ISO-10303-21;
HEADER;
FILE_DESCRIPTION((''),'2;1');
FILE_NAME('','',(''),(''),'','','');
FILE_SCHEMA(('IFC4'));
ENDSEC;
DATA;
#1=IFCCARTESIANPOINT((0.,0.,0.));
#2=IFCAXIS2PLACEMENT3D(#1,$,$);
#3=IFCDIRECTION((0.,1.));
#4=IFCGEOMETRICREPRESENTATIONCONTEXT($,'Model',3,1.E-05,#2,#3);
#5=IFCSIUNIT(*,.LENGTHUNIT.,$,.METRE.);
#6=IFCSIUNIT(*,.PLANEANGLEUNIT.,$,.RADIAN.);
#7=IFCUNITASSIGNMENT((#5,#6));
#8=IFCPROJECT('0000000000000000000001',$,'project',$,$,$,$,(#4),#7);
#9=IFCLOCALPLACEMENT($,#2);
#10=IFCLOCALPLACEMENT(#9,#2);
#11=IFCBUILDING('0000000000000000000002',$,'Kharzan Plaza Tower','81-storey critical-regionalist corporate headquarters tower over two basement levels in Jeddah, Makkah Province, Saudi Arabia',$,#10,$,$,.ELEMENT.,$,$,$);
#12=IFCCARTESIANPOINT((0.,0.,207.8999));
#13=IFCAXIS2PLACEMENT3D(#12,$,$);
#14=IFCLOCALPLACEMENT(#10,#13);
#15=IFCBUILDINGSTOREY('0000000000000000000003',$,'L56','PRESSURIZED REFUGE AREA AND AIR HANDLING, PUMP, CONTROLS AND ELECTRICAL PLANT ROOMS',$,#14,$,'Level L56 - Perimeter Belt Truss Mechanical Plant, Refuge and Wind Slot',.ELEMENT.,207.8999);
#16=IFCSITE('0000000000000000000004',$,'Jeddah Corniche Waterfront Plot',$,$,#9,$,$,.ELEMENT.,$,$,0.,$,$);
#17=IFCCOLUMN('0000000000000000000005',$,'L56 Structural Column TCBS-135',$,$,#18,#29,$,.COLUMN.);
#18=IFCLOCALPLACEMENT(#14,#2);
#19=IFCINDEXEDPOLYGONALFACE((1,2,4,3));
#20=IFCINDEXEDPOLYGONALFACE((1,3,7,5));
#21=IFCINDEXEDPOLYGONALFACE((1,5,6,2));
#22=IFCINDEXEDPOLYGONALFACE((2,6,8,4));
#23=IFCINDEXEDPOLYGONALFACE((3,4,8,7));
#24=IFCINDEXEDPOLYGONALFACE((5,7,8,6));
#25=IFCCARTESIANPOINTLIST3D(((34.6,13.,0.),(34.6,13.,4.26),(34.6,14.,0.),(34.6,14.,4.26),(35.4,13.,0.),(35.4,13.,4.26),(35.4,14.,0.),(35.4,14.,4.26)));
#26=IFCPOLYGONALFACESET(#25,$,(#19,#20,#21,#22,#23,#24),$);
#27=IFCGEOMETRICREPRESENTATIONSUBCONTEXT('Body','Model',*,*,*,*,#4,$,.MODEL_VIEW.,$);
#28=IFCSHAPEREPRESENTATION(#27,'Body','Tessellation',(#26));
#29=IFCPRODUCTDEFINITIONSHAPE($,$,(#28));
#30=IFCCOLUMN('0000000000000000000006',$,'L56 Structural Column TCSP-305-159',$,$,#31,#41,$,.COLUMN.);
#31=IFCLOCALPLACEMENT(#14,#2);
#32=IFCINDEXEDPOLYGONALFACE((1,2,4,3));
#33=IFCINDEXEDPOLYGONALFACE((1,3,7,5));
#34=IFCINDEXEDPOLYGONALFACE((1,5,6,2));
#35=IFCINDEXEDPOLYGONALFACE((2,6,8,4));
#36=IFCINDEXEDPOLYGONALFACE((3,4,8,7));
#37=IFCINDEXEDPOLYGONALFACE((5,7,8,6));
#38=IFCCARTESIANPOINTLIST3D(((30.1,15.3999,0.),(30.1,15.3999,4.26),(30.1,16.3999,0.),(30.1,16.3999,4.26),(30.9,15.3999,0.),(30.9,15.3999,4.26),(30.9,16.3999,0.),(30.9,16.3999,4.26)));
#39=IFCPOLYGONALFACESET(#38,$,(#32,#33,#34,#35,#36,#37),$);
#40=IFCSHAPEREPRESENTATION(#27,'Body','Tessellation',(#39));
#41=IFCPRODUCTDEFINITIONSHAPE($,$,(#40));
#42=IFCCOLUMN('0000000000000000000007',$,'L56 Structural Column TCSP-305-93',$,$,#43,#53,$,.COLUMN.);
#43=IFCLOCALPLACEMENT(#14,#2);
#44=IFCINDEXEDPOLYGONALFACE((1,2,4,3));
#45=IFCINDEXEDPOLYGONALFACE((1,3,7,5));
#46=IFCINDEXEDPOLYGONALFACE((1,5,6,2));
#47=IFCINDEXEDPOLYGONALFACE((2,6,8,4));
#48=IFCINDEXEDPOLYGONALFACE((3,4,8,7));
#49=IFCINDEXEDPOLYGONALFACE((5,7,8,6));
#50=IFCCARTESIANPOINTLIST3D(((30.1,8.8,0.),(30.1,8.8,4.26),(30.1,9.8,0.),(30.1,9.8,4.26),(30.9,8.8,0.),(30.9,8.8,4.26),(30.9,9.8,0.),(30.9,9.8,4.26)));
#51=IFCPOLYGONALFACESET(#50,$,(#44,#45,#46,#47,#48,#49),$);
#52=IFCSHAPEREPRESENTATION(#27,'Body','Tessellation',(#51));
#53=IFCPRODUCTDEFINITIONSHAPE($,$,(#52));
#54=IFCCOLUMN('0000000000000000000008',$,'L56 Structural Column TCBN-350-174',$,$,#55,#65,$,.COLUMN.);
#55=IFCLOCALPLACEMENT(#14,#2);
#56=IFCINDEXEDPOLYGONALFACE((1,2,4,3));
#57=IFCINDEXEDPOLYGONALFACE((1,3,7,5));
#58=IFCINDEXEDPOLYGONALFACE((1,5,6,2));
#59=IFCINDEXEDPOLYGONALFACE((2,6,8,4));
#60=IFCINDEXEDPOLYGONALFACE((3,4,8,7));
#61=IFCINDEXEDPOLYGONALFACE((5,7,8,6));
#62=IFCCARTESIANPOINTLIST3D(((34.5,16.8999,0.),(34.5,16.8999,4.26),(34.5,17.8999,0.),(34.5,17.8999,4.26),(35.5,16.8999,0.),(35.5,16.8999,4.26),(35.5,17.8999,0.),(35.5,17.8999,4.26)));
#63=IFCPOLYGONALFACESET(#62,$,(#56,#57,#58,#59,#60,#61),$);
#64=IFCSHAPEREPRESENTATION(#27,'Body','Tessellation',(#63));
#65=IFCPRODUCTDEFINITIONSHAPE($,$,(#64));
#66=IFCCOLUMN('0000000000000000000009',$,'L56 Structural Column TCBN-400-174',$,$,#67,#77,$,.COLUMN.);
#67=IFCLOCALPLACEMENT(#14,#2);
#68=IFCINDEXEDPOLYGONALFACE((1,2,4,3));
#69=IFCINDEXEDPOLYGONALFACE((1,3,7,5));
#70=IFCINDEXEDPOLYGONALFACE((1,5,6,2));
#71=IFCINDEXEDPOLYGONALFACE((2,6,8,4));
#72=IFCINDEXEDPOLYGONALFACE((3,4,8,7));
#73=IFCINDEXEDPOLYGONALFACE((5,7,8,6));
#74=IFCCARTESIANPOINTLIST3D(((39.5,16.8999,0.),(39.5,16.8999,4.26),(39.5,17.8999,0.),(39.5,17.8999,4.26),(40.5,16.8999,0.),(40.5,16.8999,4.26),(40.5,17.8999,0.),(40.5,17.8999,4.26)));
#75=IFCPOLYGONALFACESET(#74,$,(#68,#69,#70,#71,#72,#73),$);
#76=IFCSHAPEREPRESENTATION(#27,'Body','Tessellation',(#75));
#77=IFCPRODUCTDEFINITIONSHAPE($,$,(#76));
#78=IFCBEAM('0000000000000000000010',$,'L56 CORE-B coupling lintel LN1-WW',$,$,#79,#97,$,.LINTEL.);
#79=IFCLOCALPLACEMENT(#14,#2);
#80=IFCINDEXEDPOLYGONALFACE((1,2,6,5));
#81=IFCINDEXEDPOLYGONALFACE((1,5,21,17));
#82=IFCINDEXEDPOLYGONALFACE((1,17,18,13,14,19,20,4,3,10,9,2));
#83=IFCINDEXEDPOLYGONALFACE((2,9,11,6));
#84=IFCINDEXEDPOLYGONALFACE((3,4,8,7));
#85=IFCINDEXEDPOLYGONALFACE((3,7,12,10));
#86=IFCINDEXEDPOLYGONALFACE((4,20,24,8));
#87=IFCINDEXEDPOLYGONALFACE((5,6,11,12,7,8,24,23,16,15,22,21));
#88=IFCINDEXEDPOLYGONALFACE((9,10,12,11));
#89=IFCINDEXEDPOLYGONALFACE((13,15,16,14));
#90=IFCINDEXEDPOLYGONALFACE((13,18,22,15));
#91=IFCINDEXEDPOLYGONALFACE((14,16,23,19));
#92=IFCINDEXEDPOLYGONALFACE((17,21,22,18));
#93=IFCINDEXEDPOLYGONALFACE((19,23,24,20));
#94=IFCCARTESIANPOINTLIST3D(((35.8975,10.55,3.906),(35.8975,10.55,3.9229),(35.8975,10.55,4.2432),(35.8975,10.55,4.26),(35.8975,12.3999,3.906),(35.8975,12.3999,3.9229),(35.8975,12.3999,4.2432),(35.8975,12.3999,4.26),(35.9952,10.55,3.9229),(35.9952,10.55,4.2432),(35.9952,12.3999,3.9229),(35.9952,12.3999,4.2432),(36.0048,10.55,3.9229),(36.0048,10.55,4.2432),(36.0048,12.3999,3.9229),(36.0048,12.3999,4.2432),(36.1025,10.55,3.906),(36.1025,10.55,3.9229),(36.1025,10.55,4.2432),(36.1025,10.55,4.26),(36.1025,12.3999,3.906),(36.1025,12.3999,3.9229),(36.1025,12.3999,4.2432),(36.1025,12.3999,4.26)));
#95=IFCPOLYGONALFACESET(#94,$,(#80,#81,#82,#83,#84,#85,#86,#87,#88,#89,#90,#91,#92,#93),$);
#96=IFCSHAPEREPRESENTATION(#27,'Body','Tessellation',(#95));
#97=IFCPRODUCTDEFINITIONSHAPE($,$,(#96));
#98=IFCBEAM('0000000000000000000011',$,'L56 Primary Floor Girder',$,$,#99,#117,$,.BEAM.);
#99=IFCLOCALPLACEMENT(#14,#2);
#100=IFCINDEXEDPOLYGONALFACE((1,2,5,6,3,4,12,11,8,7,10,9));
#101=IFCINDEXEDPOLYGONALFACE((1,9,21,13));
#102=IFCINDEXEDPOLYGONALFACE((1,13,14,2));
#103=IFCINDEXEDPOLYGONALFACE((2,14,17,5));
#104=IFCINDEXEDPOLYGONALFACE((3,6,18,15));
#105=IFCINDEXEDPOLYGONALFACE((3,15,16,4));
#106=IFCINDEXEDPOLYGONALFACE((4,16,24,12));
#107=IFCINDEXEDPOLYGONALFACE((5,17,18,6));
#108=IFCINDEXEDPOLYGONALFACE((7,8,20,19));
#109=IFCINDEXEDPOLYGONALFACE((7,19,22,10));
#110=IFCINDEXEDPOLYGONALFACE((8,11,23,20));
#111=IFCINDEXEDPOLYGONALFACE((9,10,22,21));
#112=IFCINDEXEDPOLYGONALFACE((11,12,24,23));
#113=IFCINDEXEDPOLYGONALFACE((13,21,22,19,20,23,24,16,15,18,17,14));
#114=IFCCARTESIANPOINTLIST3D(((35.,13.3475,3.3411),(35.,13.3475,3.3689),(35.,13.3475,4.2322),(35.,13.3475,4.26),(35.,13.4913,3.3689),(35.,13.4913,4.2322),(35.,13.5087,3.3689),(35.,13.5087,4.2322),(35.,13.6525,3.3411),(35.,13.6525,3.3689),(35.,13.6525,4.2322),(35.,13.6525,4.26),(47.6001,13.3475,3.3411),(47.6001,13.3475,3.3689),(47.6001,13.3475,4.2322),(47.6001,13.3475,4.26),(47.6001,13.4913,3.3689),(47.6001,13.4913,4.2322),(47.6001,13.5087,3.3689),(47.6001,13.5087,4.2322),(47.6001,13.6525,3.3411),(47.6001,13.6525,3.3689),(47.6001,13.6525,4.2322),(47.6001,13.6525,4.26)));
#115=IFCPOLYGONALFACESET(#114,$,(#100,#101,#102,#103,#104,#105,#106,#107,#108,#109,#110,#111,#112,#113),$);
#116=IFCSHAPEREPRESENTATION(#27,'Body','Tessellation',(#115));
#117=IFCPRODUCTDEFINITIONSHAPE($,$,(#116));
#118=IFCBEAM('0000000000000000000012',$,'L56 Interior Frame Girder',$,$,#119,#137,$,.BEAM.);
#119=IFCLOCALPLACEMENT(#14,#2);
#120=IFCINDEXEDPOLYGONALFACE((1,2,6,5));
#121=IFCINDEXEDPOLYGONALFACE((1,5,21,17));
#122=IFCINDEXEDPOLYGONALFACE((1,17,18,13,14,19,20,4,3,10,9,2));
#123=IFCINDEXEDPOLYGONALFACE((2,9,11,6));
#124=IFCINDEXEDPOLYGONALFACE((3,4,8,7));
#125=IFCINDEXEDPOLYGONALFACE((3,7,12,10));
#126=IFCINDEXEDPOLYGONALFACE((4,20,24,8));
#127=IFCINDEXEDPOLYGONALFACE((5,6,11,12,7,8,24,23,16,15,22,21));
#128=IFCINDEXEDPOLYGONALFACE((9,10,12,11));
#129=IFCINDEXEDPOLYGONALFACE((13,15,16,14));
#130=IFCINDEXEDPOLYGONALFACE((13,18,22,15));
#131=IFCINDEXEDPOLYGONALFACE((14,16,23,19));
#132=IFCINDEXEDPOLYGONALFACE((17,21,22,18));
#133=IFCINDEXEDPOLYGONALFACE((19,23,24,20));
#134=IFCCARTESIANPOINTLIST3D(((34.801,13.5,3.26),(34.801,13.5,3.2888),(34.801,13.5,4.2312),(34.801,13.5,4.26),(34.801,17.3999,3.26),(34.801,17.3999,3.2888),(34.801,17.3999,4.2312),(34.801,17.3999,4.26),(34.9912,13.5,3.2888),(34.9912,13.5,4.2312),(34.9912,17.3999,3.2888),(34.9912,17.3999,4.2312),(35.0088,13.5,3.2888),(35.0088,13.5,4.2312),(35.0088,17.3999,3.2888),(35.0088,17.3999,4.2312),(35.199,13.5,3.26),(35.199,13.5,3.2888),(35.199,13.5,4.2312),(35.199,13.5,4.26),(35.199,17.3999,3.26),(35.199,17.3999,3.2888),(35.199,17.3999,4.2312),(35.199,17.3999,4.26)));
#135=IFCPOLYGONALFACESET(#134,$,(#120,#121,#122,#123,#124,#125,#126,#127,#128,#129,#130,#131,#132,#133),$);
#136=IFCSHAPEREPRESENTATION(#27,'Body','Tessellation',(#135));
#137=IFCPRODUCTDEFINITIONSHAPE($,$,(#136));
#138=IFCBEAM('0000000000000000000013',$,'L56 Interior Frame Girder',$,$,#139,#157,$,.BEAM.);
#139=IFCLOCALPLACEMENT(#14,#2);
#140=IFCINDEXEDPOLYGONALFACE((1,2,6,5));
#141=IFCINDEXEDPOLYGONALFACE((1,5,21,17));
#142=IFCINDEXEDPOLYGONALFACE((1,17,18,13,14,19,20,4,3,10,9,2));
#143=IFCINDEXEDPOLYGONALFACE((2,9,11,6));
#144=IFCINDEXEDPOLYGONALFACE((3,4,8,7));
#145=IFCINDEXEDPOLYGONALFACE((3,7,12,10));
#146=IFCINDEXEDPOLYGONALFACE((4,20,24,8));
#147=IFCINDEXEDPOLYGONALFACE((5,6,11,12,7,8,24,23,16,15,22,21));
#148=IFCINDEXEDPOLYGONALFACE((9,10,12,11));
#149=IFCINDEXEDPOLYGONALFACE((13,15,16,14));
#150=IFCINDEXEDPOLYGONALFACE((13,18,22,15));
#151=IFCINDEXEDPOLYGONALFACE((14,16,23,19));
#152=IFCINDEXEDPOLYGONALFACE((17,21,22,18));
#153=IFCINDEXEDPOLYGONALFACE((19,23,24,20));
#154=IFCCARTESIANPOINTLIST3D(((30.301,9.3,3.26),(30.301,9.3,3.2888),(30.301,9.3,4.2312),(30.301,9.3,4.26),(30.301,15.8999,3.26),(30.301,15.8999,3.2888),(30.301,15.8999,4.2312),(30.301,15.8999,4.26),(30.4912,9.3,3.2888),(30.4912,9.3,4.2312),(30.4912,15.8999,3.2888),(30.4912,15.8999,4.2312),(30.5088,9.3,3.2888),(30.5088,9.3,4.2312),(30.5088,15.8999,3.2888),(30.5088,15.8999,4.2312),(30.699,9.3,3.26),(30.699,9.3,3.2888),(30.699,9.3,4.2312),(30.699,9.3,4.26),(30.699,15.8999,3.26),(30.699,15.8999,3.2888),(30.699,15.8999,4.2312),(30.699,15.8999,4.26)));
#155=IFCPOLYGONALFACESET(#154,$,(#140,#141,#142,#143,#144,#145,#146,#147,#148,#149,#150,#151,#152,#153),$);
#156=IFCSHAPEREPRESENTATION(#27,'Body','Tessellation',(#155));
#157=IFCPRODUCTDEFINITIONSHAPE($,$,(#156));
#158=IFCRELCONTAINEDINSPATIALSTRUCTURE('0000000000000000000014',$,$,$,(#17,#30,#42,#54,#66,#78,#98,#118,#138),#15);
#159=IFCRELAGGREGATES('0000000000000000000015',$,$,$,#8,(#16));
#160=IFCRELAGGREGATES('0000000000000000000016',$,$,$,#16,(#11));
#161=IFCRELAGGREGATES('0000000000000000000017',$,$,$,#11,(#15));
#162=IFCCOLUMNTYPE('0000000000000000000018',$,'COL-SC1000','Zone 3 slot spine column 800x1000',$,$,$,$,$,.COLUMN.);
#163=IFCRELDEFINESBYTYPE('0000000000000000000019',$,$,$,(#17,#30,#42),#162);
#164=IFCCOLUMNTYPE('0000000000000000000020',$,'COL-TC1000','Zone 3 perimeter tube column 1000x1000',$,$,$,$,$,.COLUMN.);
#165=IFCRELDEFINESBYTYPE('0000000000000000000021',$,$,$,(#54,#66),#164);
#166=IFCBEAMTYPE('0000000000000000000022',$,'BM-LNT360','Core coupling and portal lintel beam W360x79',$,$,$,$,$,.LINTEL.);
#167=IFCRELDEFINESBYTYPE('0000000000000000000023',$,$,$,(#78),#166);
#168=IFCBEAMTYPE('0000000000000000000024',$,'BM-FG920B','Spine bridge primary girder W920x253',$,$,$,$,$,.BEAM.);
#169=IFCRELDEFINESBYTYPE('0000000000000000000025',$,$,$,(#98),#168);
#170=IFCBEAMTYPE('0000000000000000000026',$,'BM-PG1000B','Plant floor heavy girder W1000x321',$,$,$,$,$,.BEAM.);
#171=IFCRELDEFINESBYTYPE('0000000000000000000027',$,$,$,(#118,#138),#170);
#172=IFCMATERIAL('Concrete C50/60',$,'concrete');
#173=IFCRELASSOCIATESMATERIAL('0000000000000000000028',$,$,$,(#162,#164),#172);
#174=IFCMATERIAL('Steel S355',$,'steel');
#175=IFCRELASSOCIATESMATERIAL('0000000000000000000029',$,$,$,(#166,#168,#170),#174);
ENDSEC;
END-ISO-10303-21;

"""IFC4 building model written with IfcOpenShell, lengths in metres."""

from ifc_helpers import new_model, si_unit, direction, frame, origin, origin_2d, place, context, subcontext, project, spatial, rectangle, i_section, extrude, source, transform, mapped, material, material_profile, profile_set, type_object, element, save


model = new_model("IFC4")

# Units and contexts
model_context = context("Model", 3, precision=1e-05, world=origin(), true_north=direction((0.0, 1.0)))
body_context = subcontext(model_context, "Body", "Model", "MODEL_VIEW")
ifc_project = project(units=[si_unit("LENGTHUNIT", "METRE"), si_unit("PLANEANGLEUNIT", "RADIAN")], contexts=[model_context])

# Site, building, storey
site_placement = place(None, origin())
site = spatial("IfcSite", under=ifc_project, at=site_placement, Name="Jeddah Corniche Waterfront Plot", CompositionType="ELEMENT", RefElevation=0.0)
building_placement = place(site_placement, origin())
building = spatial("IfcBuilding", under=site, at=building_placement, Name="Kharzan Plaza Tower", Description="81-storey critical-regionalist corporate headquarters tower over two basement levels in Jeddah, Makkah Province, Saudi Arabia", CompositionType="ELEMENT")
storey_placement = place(building_placement, frame((0.0, 0.0, 207.8999)))
storey = spatial("IfcBuildingStorey", under=building, at=storey_placement, Name="L56", Description="PRESSURIZED REFUGE AREA AND AIR HANDLING, PUMP, CONTROLS AND ELECTRICAL PLANT ROOMS", LongName="Level L56 - Perimeter Belt Truss Mechanical Plant, Refuge and Wind Slot", CompositionType="ELEMENT", Elevation=207.8999)

# Columns
ifc_material_1 = material(Name="Concrete C50/60", Category="concrete")
ifc_material_profile_1 = material_profile(ifc_material_1, rectangle(XDim=0.8, YDim=1.0, at=origin_2d()), Name="RC-SC1000x800")
ifc_profile_set_1 = profile_set([ifc_material_profile_1], Name="Concrete C50/60")
column_type_1 = type_object("IfcColumnType", Name="COL-SC1000", Description="Zone 3 slot spine column 800x1000", PredefinedType="COLUMN", material=ifc_profile_set_1)
shared_shape_1 = source(origin(), body_context, "Body", "SweptSolid", [
    extrude(rectangle(XDim=0.8, YDim=1.0, at=origin_2d()), origin(), (0.0, 0.0, 1.0), 4.26),
])
for number, where, z_axis, x_axis, name in (
    (1, (35.0, 13.5, 0.0), (0.0, 0.0, 1.0), (1.0, 0.0, 0.0), "L56 Structural Column TCBS-135"),
    (2, (30.5, 15.8999, 0.0), (0.0, 0.0, 1.0), (1.0, 0.0, 0.0), "L56 Structural Column TCSP-305-159"),
    (3, (30.5, 9.3, 0.0), (0.0, 0.0, 1.0), (1.0, 0.0, 0.0), "L56 Structural Column TCSP-305-93"),
):
    element("IfcColumn", number, at=place(storey_placement, frame(where, z_axis=z_axis, x_axis=x_axis)), inside=storey, type_object=column_type_1, Name=name, PredefinedType="COLUMN", context=body_context, shape_type="MappedRepresentation", body=[
        mapped(shared_shape_1, transform((0.0, 0.0, 0.0), x_axis=(1.0, 0.0, 0.0), y_axis=(0.0, 1.0, 0.0), z_axis=(0.0, 0.0, 1.0))),
    ])
ifc_material_profile_2 = material_profile(ifc_material_1, rectangle(XDim=1.0, YDim=1.0, at=origin_2d()), Name="RC-TC1000x1000")
ifc_profile_set_2 = profile_set([ifc_material_profile_2], Name="Concrete C50/60")
column_type_2 = type_object("IfcColumnType", Name="COL-TC1000", Description="Zone 3 perimeter tube column 1000x1000", PredefinedType="COLUMN", material=ifc_profile_set_2)
shared_shape_2 = source(origin(), body_context, "Body", "SweptSolid", [
    extrude(rectangle(XDim=1.0, YDim=1.0, at=origin_2d()), origin(), (0.0, 0.0, 1.0), 4.26),
])
for number, where, z_axis, x_axis, name in (
    (4, (35.0, 17.3999, 0.0), (0.0, 0.0, 1.0), (1.0, 0.0, 0.0), "L56 Structural Column TCBN-350-174"),
    (5, (40.0, 17.3999, 0.0), (0.0, 0.0, 1.0), (1.0, 0.0, 0.0), "L56 Structural Column TCBN-400-174"),
):
    element("IfcColumn", number, at=place(storey_placement, frame(where, z_axis=z_axis, x_axis=x_axis)), inside=storey, type_object=column_type_2, Name=name, PredefinedType="COLUMN", context=body_context, shape_type="MappedRepresentation", body=[
        mapped(shared_shape_2, transform((0.0, 0.0, 0.0), x_axis=(1.0, 0.0, 0.0), y_axis=(0.0, 1.0, 0.0), z_axis=(0.0, 0.0, 1.0))),
    ])

# Beams
ifc_material_2 = material(Name="Steel S355", Category="steel")
ifc_material_profile_3 = material_profile(ifc_material_2, i_section(OverallWidth=0.2051, OverallDepth=0.354, WebThickness=0.0095, FlangeThickness=0.0168, at=origin_2d()), Name="W360x79")
ifc_profile_set_3 = profile_set([ifc_material_profile_3], Name="Steel S355")
beam_type_1 = type_object("IfcBeamType", Name="BM-LNT360", Description="Core coupling and portal lintel beam W360x79", PredefinedType="LINTEL", material=ifc_profile_set_3)
shared_shape_3 = source(origin(), body_context, "Body", "SweptSolid", [
    extrude(i_section(OverallWidth=0.2051, OverallDepth=0.354, WebThickness=0.0095, FlangeThickness=0.0168, at=origin_2d()), origin(), (0.0, 0.0, 1.0), 1.8499),
])
beam_1_placement = place(storey_placement, frame((36.0, 10.55, 4.083), z_axis=(0.0, 1.0, 0.0), x_axis=(-1.0, 0.0, 0.0)))
element("IfcBeam", 6, at=beam_1_placement, inside=storey, type_object=beam_type_1, Name="L56 CORE-B coupling lintel LN1-WW", PredefinedType="LINTEL", context=body_context, shape_type="MappedRepresentation", body=[
    mapped(shared_shape_3, transform((0.0, 0.0, 0.0), x_axis=(1.0, 0.0, 0.0), y_axis=(0.0, 1.0, 0.0), z_axis=(0.0, 0.0, 1.0))),
])
ifc_material_profile_4 = material_profile(ifc_material_2, i_section(OverallWidth=0.3049, OverallDepth=0.9189, WebThickness=0.0173, FlangeThickness=0.0278, at=origin_2d()), Name="W920x253")
ifc_profile_set_4 = profile_set([ifc_material_profile_4], Name="Steel S355")
beam_type_2 = type_object("IfcBeamType", Name="BM-FG920B", Description="Spine bridge primary girder W920x253", PredefinedType="BEAM", material=ifc_profile_set_4)
shared_shape_4 = source(origin(), body_context, "Body", "SweptSolid", [
    extrude(i_section(OverallWidth=0.3049, OverallDepth=0.9189, WebThickness=0.0173, FlangeThickness=0.0278, at=origin_2d()), origin(), (0.0, 0.0, 1.0), 12.6001),
])
beam_2_placement = place(storey_placement, frame((35.0, 13.5, 3.8005), z_axis=(1.0, 0.0, 0.0), x_axis=(0.0, 1.0, 0.0)))
element("IfcBeam", 7, at=beam_2_placement, inside=storey, type_object=beam_type_2, Name="L56 Primary Floor Girder", PredefinedType="BEAM", context=body_context, shape_type="MappedRepresentation", body=[
    mapped(shared_shape_4, transform((0.0, 0.0, 0.0), x_axis=(1.0, 0.0, 0.0), y_axis=(0.0, 1.0, 0.0), z_axis=(0.0, 0.0, 1.0))),
])
ifc_material_profile_5 = material_profile(ifc_material_2, i_section(OverallWidth=0.3979, OverallDepth=1.0, WebThickness=0.0176, FlangeThickness=0.0288, at=origin_2d()), Name="W1000x321")
ifc_profile_set_5 = profile_set([ifc_material_profile_5], Name="Steel S355")
beam_type_3 = type_object("IfcBeamType", Name="BM-PG1000B", Description="Plant floor heavy girder W1000x321", PredefinedType="BEAM", material=ifc_profile_set_5)
shared_shape_5 = source(origin(), body_context, "Body", "SweptSolid", [
    extrude(i_section(OverallWidth=0.3979, OverallDepth=1.0, WebThickness=0.0176, FlangeThickness=0.0288, at=origin_2d()), origin(), (0.0, 0.0, 1.0), 3.8999),
])
beam_3_placement = place(storey_placement, frame((35.0, 13.5, 3.76), z_axis=(0.0, 1.0, 0.0), x_axis=(-1.0, 0.0, 0.0)))
element("IfcBeam", 8, at=beam_3_placement, inside=storey, type_object=beam_type_3, Name="L56 Interior Frame Girder", PredefinedType="BEAM", context=body_context, shape_type="MappedRepresentation", body=[
    mapped(shared_shape_5, transform((0.0, 0.0, 0.0), x_axis=(1.0, 0.0, 0.0), y_axis=(0.0, 1.0, 0.0), z_axis=(0.0, 0.0, 1.0))),
])
shared_shape_6 = source(origin(), body_context, "Body", "SweptSolid", [
    extrude(i_section(OverallWidth=0.3979, OverallDepth=1.0, WebThickness=0.0176, FlangeThickness=0.0288, at=origin_2d()), origin(), (0.0, 0.0, 1.0), 6.5999),
])
beam_4_placement = place(storey_placement, frame((30.5, 9.3, 3.76), z_axis=(0.0, 1.0, 0.0), x_axis=(-1.0, 0.0, 0.0)))
element("IfcBeam", 9, at=beam_4_placement, inside=storey, type_object=beam_type_3, Name="L56 Interior Frame Girder", PredefinedType="BEAM", context=body_context, shape_type="MappedRepresentation", body=[
    mapped(shared_shape_6, transform((0.0, 0.0, 0.0), x_axis=(1.0, 0.0, 0.0), y_axis=(0.0, 1.0, 0.0), z_axis=(0.0, 0.0, 1.0))),
])

save(model, "model.ifc")
